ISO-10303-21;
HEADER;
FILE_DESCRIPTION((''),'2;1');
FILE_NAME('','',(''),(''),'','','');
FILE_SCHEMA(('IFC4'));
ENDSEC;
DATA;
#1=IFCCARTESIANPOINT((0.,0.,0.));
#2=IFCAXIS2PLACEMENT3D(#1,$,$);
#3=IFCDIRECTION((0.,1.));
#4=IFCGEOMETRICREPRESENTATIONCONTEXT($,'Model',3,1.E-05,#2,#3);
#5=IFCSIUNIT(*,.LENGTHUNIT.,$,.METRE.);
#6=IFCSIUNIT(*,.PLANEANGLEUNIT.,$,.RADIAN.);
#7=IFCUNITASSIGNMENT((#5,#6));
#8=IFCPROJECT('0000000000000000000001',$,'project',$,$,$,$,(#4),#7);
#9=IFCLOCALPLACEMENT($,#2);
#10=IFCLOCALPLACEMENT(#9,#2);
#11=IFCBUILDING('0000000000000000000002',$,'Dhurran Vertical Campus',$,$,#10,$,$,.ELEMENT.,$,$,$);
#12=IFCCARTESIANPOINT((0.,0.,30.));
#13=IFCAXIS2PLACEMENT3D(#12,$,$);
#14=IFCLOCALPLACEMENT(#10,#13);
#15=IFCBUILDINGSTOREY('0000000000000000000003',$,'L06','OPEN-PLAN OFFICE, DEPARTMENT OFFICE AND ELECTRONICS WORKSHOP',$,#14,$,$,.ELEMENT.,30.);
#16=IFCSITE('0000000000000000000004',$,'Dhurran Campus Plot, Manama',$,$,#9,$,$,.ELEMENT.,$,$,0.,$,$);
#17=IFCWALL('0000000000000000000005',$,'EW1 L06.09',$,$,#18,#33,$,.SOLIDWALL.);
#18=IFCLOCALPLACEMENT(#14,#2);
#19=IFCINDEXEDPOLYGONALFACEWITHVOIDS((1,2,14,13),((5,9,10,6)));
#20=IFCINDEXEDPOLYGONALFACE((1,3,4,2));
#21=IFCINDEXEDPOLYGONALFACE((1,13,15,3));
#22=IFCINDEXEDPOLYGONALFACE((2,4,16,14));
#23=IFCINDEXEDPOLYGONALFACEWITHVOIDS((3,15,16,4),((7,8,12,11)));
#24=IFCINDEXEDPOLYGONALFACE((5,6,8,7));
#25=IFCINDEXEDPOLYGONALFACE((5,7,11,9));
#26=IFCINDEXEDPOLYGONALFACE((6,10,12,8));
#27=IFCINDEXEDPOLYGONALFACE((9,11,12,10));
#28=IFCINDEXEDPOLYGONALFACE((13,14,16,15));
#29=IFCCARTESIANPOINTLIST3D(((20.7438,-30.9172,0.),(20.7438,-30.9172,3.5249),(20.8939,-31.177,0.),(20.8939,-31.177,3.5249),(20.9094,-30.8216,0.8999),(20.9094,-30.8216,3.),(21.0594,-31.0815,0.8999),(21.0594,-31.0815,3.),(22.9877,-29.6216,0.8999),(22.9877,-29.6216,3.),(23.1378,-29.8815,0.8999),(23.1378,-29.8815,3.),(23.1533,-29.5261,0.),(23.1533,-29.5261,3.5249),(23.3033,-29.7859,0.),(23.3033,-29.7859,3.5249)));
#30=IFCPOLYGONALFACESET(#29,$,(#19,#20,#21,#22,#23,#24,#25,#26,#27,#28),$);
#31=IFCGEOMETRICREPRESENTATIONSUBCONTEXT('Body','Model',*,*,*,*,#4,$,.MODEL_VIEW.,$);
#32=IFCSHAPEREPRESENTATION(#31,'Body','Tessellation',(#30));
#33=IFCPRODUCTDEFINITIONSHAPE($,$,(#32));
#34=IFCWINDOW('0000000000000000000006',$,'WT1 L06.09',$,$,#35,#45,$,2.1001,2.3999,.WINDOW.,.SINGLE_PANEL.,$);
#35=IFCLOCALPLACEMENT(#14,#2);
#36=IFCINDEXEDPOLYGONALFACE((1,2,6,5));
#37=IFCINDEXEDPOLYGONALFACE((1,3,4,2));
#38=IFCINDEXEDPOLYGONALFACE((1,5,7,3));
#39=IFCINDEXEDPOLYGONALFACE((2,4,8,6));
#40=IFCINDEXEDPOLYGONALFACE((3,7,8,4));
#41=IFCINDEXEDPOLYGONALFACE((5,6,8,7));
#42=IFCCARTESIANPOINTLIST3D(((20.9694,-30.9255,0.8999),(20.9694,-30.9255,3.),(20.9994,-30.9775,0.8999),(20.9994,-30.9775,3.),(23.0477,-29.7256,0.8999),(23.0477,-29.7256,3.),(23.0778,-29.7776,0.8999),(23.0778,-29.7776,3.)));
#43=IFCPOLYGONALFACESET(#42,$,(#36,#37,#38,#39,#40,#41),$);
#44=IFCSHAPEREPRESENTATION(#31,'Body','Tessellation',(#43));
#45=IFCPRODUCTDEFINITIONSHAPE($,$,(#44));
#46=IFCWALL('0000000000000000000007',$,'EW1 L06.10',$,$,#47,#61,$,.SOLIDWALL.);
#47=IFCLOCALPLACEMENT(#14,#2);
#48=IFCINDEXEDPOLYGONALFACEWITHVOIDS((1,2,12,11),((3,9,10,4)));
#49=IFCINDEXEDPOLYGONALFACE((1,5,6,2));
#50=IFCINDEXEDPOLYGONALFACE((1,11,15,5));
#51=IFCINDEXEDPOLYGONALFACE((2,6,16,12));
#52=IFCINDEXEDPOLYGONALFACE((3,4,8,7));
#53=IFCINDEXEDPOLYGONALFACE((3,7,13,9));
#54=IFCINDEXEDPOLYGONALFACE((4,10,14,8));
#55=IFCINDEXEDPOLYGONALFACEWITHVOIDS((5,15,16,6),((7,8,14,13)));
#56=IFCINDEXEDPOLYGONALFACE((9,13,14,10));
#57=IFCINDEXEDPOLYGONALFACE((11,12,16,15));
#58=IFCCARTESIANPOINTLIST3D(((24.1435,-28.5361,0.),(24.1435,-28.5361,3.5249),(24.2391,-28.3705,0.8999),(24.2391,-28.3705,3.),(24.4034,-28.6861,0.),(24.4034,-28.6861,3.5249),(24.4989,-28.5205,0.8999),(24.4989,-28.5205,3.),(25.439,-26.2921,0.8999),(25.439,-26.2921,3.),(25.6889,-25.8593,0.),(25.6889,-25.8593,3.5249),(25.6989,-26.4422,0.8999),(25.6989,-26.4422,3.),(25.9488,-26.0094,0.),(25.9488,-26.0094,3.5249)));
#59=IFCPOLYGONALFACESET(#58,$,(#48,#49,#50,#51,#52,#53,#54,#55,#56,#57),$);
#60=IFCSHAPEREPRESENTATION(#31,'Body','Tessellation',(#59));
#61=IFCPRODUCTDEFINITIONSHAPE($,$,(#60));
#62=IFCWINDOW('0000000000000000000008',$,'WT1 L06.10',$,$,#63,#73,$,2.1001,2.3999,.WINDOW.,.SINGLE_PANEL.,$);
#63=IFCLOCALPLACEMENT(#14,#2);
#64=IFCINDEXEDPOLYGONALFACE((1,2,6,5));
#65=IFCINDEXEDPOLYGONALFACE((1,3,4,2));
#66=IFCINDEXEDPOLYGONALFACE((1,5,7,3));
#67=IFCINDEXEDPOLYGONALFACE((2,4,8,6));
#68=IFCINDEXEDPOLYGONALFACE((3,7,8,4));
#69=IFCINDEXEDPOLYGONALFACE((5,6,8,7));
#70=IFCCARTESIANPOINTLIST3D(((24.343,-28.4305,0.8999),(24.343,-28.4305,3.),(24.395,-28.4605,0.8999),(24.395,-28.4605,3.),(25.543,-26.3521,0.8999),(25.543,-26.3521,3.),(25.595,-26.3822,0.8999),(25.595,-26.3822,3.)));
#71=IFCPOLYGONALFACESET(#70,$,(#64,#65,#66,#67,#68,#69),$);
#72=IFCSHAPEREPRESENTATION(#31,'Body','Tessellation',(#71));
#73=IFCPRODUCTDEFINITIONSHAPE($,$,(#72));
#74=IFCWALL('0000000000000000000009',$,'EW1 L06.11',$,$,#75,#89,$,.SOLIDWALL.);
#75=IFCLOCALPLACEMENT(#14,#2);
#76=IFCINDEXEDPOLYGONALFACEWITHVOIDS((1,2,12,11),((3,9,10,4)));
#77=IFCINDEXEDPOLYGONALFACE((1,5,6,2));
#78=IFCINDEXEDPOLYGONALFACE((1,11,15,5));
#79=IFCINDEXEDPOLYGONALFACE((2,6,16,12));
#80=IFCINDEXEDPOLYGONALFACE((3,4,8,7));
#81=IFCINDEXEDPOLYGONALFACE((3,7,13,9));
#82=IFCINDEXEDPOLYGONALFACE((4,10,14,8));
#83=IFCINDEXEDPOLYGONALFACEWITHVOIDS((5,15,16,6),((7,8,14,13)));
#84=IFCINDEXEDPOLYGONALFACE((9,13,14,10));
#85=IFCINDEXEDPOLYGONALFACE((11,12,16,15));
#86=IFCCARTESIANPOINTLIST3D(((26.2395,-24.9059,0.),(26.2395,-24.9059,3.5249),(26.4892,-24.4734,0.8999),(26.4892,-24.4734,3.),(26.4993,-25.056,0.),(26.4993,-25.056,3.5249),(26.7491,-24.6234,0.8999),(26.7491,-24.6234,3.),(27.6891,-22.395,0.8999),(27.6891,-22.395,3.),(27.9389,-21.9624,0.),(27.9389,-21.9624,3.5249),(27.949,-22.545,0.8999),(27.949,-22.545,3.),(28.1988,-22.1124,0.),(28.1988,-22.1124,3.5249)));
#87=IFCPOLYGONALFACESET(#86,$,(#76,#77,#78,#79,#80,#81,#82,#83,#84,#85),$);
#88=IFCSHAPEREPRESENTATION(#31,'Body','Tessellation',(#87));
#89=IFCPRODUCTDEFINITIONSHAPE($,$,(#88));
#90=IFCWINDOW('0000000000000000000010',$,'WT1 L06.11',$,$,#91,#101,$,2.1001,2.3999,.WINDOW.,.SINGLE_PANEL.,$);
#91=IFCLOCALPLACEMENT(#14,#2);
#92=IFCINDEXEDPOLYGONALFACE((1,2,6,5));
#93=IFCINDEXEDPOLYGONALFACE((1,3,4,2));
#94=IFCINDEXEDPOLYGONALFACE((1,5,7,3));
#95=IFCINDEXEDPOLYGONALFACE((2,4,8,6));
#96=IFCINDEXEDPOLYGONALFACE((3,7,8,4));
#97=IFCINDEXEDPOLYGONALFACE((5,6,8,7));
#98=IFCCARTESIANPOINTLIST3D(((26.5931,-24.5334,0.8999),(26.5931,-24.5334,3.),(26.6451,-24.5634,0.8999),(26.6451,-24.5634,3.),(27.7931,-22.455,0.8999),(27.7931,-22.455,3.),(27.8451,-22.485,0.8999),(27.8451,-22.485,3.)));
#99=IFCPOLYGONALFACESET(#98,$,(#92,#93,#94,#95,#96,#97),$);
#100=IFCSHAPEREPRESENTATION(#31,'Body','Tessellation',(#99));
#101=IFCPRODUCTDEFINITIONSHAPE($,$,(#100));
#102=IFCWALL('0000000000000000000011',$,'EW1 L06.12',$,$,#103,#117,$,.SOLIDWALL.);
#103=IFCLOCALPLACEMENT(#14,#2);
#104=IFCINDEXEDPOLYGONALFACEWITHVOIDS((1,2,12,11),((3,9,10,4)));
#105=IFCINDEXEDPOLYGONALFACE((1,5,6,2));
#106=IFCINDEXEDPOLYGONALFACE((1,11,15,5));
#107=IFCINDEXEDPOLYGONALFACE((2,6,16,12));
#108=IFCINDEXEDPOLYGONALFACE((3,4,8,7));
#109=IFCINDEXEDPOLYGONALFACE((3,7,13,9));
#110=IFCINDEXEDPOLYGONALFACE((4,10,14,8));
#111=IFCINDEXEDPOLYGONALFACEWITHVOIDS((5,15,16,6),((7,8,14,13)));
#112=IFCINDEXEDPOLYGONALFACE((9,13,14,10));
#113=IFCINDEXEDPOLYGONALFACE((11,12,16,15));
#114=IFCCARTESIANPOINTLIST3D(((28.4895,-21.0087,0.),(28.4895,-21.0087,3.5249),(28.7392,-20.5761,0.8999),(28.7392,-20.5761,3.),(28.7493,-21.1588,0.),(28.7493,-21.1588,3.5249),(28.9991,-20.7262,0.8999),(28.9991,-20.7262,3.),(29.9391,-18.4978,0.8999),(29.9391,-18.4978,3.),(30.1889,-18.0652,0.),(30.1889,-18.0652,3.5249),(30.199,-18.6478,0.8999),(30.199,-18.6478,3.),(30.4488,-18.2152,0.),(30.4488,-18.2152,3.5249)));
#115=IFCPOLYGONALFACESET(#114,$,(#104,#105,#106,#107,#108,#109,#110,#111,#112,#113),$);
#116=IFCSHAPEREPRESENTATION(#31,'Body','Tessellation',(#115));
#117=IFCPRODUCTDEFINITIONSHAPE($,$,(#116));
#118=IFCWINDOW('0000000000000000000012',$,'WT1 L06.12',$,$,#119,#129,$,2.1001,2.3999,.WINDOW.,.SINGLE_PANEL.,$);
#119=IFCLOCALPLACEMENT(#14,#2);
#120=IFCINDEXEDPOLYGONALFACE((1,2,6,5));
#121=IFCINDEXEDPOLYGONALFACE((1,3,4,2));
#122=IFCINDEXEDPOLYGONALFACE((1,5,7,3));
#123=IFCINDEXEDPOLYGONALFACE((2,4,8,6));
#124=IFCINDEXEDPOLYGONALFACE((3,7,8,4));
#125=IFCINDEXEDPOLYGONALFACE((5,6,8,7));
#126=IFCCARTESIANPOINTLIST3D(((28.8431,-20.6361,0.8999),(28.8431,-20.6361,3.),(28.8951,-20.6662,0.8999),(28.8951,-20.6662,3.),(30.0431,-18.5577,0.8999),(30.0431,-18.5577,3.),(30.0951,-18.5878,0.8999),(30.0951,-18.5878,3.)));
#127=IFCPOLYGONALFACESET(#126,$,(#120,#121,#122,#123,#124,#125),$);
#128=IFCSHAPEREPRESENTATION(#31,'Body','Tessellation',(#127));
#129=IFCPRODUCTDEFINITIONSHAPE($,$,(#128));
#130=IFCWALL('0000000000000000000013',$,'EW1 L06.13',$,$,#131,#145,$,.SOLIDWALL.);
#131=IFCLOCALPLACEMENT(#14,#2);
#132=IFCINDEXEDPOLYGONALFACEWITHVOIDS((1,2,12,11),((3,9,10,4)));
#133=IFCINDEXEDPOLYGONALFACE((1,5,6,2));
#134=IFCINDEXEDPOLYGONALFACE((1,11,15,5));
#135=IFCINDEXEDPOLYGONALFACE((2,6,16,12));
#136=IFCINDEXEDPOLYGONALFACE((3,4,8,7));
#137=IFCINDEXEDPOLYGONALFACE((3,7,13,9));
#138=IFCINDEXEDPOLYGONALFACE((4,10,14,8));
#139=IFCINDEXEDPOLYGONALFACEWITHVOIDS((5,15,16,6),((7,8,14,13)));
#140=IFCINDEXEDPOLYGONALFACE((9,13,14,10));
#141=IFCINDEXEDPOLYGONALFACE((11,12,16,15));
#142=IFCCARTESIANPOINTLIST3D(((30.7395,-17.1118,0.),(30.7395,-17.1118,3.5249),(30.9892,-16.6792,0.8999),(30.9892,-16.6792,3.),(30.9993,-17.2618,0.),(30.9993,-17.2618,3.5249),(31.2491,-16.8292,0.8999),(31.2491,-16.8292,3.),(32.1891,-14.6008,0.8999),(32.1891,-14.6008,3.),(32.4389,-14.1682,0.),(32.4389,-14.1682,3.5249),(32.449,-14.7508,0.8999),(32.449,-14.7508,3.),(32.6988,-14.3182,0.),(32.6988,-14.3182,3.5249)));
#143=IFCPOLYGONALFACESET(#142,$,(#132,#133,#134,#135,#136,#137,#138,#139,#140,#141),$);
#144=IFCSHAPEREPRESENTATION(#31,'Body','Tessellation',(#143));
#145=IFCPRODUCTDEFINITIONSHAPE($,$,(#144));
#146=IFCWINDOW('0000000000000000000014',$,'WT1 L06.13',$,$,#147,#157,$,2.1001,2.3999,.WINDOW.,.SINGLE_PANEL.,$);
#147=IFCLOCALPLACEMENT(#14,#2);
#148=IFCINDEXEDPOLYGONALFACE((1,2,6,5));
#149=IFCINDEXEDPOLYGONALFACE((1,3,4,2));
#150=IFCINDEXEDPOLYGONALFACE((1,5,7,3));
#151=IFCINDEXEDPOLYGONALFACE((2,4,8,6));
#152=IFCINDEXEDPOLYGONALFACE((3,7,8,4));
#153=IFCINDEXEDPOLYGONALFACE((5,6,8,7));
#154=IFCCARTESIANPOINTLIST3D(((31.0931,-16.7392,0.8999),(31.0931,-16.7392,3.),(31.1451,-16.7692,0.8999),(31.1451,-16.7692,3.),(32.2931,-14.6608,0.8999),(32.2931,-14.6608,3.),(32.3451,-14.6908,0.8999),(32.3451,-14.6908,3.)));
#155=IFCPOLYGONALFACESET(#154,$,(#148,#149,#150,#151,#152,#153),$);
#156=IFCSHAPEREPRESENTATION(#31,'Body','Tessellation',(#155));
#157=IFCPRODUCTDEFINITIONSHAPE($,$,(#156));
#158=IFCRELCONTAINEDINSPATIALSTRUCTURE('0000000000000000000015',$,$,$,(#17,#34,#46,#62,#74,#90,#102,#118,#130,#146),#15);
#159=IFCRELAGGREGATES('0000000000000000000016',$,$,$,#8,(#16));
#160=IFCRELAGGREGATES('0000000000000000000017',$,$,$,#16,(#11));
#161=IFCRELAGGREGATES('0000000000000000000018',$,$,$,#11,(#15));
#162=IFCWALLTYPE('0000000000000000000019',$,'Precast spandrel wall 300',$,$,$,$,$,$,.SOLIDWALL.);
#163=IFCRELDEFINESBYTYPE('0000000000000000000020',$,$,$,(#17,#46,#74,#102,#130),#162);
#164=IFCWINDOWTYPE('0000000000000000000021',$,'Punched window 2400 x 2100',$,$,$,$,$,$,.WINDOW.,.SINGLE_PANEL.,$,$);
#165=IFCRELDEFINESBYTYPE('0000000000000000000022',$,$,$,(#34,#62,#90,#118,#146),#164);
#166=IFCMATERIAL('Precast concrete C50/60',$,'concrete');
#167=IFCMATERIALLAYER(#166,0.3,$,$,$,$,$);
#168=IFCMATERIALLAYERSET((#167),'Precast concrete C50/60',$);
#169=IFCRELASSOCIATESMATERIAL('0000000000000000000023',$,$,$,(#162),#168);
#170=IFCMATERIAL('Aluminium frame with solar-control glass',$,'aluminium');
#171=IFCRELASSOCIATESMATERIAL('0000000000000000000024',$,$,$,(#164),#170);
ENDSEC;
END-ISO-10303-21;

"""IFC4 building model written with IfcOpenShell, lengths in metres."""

from ifc_helpers import new_model, si_unit, direction, frame, frame_2d, origin, place, context, subcontext, project, spatial, rectangle, extrude, material, layer, layer_set, type_object, element, fill, save


model = new_model("IFC4")

# Units and contexts
model_context = context("Model", 3, precision=1e-05, world=origin(), true_north=direction((0.0, 1.0)))
body_context = subcontext(model_context, "Body", "Model", "MODEL_VIEW")
ifc_project = project(units=[si_unit("LENGTHUNIT", "METRE"), si_unit("PLANEANGLEUNIT", "RADIAN")], contexts=[model_context])

# Site, building, storey
site_placement = place(None, origin())
site = spatial("IfcSite", under=ifc_project, at=site_placement, Name="Dhurran Campus Plot, Manama", CompositionType="ELEMENT", RefElevation=0.0)
building_placement = place(site_placement, origin())
building = spatial("IfcBuilding", under=site, at=building_placement, Name="Dhurran Vertical Campus", CompositionType="ELEMENT")
storey_placement = place(building_placement, frame((0.0, 0.0, 30.0)))
storey = spatial("IfcBuildingStorey", under=building, at=storey_placement, Name="L06", Description="OPEN-PLAN OFFICE, DEPARTMENT OFFICE AND ELECTRONICS WORKSHOP", CompositionType="ELEMENT", Elevation=30.0)

# Walls, openings, windows
ifc_material_1 = material(Name="Precast concrete C50/60", Category="concrete")
ifc_layer_1 = layer(ifc_material_1, 0.3)
ifc_layer_set_1 = layer_set([ifc_layer_1], Name="Precast concrete C50/60")
wall_type_1 = type_object("IfcWallType", Name="Precast spandrel wall 300", PredefinedType="SOLIDWALL", material=ifc_layer_set_1)
ifc_material_2 = material(Name="Aluminium frame with solar-control glass", Category="aluminium")
window_type = type_object("IfcWindowType", Name="Punched window 2400 x 2100", PartitioningType="SINGLE_PANEL", PredefinedType="WINDOW", material=ifc_material_2)
wall_1_placement = place(storey_placement, frame((20.8188, -31.0471, 0.0), z_axis=(0.0, 0.0, 1.0), x_axis=(0.86602, 0.500009, 0.0)))
wall_1 = element("IfcWall", 1, at=wall_1_placement, inside=storey, type_object=wall_type_1, Name="EW1 L06.09", PredefinedType="SOLIDWALL", context=body_context, shape_type="SweptSolid", body=[
    extrude(rectangle(XDim=2.7822, YDim=0.3, at=frame_2d((1.3911, 0.0))), origin(), (0.0, 0.0, 1.0), 3.5249),
])
opening_1_placement = place(wall_1_placement, frame((0.1912, 0.0, 0.8999)))
opening_1 = element("IfcOpeningElement", 2, at=opening_1_placement, cuts=wall_1, PredefinedType="OPENING", context=body_context, shape_type="SweptSolid", body=[
    extrude(rectangle(XDim=2.3999, YDim=2.1001, at=frame_2d((1.2, 1.05))), frame((0.0, 0.1599, 0.0), z_axis=(0.0, -1.0, 0.0), x_axis=(1.0, 0.0, 0.0)), (0.0, 0.0, 1.0), 0.3201),
])
window_1_placement = place(opening_1_placement, origin())
window_1 = element("IfcWindow", 3, at=window_1_placement, inside=storey, type_object=window_type, Name="WT1 L06.09", OverallHeight=2.1001, OverallWidth=2.3999, PartitioningType="SINGLE_PANEL", PredefinedType="WINDOW", context=body_context, shape_type="SweptSolid", body=[
    extrude(rectangle(XDim=2.3999, YDim=2.1001, at=frame_2d((1.2, 1.05))), frame((0.0, 0.03, 0.0), z_axis=(0.0, -1.0, 0.0), x_axis=(1.0, 0.0, 0.0)), (0.0, 0.0, 1.0), 0.0601),
])
fill(opening_1, window_1)
wall_2_placement = place(storey_placement, frame((24.2734, -28.6111, 0.0), z_axis=(0.0, 0.0, 1.0), x_axis=(0.499996, 0.866028, 0.0)))
wall_2 = element("IfcWall", 4, at=wall_2_placement, inside=storey, type_object=wall_type_1, Name="EW1 L06.10", PredefinedType="SOLIDWALL", context=body_context, shape_type="SweptSolid", body=[
    extrude(rectangle(XDim=3.0908, YDim=0.3, at=frame_2d((1.5454, 0.0))), origin(), (0.0, 0.0, 1.0), 3.5249),
])
opening_2_placement = place(wall_2_placement, frame((0.1912, 0.0, 0.8999)))
opening_2 = element("IfcOpeningElement", 5, at=opening_2_placement, cuts=wall_2, PredefinedType="OPENING", context=body_context, shape_type="SweptSolid", body=[
    extrude(rectangle(XDim=2.3999, YDim=2.1001, at=frame_2d((1.2, 1.05))), frame((0.0, 0.1599, 0.0), z_axis=(0.0, -1.0, 0.0), x_axis=(1.0, 0.0, 0.0)), (0.0, 0.0, 1.0), 0.3201),
])
window_2_placement = place(opening_2_placement, origin())
window_2 = element("IfcWindow", 6, at=window_2_placement, inside=storey, type_object=window_type, Name="WT1 L06.10", OverallHeight=2.1001, OverallWidth=2.3999, PartitioningType="SINGLE_PANEL", PredefinedType="WINDOW", context=body_context, shape_type="SweptSolid", body=[
    extrude(rectangle(XDim=2.3999, YDim=2.1001, at=frame_2d((1.2, 1.05))), frame((0.0, 0.03, 0.0), z_axis=(0.0, -1.0, 0.0), x_axis=(1.0, 0.0, 0.0)), (0.0, 0.0, 1.0), 0.0601),
])
fill(opening_2, window_2)
wall_3_placement = place(storey_placement, frame((26.3694, -24.981, 0.0), z_axis=(0.0, 0.0, 1.0), x_axis=(0.499994, 0.866029, 0.0)))
wall_3 = element("IfcWall", 7, at=wall_3_placement, inside=storey, type_object=wall_type_1, Name="EW1 L06.11", PredefinedType="SOLIDWALL", context=body_context, shape_type="SweptSolid", body=[
    extrude(rectangle(XDim=3.3989, YDim=0.3, at=frame_2d((1.6995, 0.0))), origin(), (0.0, 0.0, 1.0), 3.5249),
])
opening_3_placement = place(wall_3_placement, frame((0.4995, 0.0, 0.8999)))
opening_3 = element("IfcOpeningElement", 8, at=opening_3_placement, cuts=wall_3, PredefinedType="OPENING", context=body_context, shape_type="SweptSolid", body=[
    extrude(rectangle(XDim=2.3999, YDim=2.1001, at=frame_2d((1.2, 1.05))), frame((0.0, 0.1599, 0.0), z_axis=(0.0, -1.0, 0.0), x_axis=(1.0, 0.0, 0.0)), (0.0, 0.0, 1.0), 0.3201),
])
window_3_placement = place(opening_3_placement, origin())
window_3 = element("IfcWindow", 9, at=window_3_placement, inside=storey, type_object=window_type, Name="WT1 L06.11", OverallHeight=2.1001, OverallWidth=2.3999, PartitioningType="SINGLE_PANEL", PredefinedType="WINDOW", context=body_context, shape_type="SweptSolid", body=[
    extrude(rectangle(XDim=2.3999, YDim=2.1001, at=frame_2d((1.2, 1.05))), frame((0.0, 0.03, 0.0), z_axis=(0.0, -1.0, 0.0), x_axis=(1.0, 0.0, 0.0)), (0.0, 0.0, 1.0), 0.0601),
])
fill(opening_3, window_3)
wall_4_placement = place(storey_placement, frame((28.6194, -21.0837, 0.0), z_axis=(0.0, 0.0, 1.0), x_axis=(0.499994, 0.866029, 0.0)))
wall_4 = element("IfcWall", 10, at=wall_4_placement, inside=storey, type_object=wall_type_1, Name="EW1 L06.12", PredefinedType="SOLIDWALL", context=body_context, shape_type="SweptSolid", body=[
    extrude(rectangle(XDim=3.3989, YDim=0.3, at=frame_2d((1.6995, 0.0))), origin(), (0.0, 0.0, 1.0), 3.5249),
])
opening_4_placement = place(wall_4_placement, frame((0.4995, 0.0, 0.8999)))
opening_4 = element("IfcOpeningElement", 11, at=opening_4_placement, cuts=wall_4, PredefinedType="OPENING", context=body_context, shape_type="SweptSolid", body=[
    extrude(rectangle(XDim=2.3999, YDim=2.1001, at=frame_2d((1.2, 1.05))), frame((0.0, 0.1599, 0.0), z_axis=(0.0, -1.0, 0.0), x_axis=(1.0, 0.0, 0.0)), (0.0, 0.0, 1.0), 0.3201),
])
window_4_placement = place(opening_4_placement, origin())
window_4 = element("IfcWindow", 12, at=window_4_placement, inside=storey, type_object=window_type, Name="WT1 L06.12", OverallHeight=2.1001, OverallWidth=2.3999, PartitioningType="SINGLE_PANEL", PredefinedType="WINDOW", context=body_context, shape_type="SweptSolid", body=[
    extrude(rectangle(XDim=2.3999, YDim=2.1001, at=frame_2d((1.2, 1.05))), frame((0.0, 0.03, 0.0), z_axis=(0.0, -1.0, 0.0), x_axis=(1.0, 0.0, 0.0)), (0.0, 0.0, 1.0), 0.0601),
])
fill(opening_4, window_4)
wall_5_placement = place(storey_placement, frame((30.8694, -17.1868, 0.0), z_axis=(0.0, 0.0, 1.0), x_axis=(0.499994, 0.866029, 0.0)))
wall_5 = element("IfcWall", 13, at=wall_5_placement, inside=storey, type_object=wall_type_1, Name="EW1 L06.13", PredefinedType="SOLIDWALL", context=body_context, shape_type="SweptSolid", body=[
    extrude(rectangle(XDim=3.3989, YDim=0.3, at=frame_2d((1.6995, 0.0))), origin(), (0.0, 0.0, 1.0), 3.5249),
])
opening_5_placement = place(wall_5_placement, frame((0.4995, 0.0, 0.8999)))
opening_5 = element("IfcOpeningElement", 14, at=opening_5_placement, cuts=wall_5, PredefinedType="OPENING", context=body_context, shape_type="SweptSolid", body=[
    extrude(rectangle(XDim=2.3999, YDim=2.1001, at=frame_2d((1.2, 1.05))), frame((0.0, 0.1599, 0.0), z_axis=(0.0, -1.0, 0.0), x_axis=(1.0, 0.0, 0.0)), (0.0, 0.0, 1.0), 0.3201),
])
window_5_placement = place(opening_5_placement, origin())
window_5 = element("IfcWindow", 15, at=window_5_placement, inside=storey, type_object=window_type, Name="WT1 L06.13", OverallHeight=2.1001, OverallWidth=2.3999, PartitioningType="SINGLE_PANEL", PredefinedType="WINDOW", context=body_context, shape_type="SweptSolid", body=[
    extrude(rectangle(XDim=2.3999, YDim=2.1001, at=frame_2d((1.2, 1.05))), frame((0.0, 0.03, 0.0), z_axis=(0.0, -1.0, 0.0), x_axis=(1.0, 0.0, 0.0)), (0.0, 0.0, 1.0), 0.0601),
])
fill(opening_5, window_5)

save(model, "model.ifc")
